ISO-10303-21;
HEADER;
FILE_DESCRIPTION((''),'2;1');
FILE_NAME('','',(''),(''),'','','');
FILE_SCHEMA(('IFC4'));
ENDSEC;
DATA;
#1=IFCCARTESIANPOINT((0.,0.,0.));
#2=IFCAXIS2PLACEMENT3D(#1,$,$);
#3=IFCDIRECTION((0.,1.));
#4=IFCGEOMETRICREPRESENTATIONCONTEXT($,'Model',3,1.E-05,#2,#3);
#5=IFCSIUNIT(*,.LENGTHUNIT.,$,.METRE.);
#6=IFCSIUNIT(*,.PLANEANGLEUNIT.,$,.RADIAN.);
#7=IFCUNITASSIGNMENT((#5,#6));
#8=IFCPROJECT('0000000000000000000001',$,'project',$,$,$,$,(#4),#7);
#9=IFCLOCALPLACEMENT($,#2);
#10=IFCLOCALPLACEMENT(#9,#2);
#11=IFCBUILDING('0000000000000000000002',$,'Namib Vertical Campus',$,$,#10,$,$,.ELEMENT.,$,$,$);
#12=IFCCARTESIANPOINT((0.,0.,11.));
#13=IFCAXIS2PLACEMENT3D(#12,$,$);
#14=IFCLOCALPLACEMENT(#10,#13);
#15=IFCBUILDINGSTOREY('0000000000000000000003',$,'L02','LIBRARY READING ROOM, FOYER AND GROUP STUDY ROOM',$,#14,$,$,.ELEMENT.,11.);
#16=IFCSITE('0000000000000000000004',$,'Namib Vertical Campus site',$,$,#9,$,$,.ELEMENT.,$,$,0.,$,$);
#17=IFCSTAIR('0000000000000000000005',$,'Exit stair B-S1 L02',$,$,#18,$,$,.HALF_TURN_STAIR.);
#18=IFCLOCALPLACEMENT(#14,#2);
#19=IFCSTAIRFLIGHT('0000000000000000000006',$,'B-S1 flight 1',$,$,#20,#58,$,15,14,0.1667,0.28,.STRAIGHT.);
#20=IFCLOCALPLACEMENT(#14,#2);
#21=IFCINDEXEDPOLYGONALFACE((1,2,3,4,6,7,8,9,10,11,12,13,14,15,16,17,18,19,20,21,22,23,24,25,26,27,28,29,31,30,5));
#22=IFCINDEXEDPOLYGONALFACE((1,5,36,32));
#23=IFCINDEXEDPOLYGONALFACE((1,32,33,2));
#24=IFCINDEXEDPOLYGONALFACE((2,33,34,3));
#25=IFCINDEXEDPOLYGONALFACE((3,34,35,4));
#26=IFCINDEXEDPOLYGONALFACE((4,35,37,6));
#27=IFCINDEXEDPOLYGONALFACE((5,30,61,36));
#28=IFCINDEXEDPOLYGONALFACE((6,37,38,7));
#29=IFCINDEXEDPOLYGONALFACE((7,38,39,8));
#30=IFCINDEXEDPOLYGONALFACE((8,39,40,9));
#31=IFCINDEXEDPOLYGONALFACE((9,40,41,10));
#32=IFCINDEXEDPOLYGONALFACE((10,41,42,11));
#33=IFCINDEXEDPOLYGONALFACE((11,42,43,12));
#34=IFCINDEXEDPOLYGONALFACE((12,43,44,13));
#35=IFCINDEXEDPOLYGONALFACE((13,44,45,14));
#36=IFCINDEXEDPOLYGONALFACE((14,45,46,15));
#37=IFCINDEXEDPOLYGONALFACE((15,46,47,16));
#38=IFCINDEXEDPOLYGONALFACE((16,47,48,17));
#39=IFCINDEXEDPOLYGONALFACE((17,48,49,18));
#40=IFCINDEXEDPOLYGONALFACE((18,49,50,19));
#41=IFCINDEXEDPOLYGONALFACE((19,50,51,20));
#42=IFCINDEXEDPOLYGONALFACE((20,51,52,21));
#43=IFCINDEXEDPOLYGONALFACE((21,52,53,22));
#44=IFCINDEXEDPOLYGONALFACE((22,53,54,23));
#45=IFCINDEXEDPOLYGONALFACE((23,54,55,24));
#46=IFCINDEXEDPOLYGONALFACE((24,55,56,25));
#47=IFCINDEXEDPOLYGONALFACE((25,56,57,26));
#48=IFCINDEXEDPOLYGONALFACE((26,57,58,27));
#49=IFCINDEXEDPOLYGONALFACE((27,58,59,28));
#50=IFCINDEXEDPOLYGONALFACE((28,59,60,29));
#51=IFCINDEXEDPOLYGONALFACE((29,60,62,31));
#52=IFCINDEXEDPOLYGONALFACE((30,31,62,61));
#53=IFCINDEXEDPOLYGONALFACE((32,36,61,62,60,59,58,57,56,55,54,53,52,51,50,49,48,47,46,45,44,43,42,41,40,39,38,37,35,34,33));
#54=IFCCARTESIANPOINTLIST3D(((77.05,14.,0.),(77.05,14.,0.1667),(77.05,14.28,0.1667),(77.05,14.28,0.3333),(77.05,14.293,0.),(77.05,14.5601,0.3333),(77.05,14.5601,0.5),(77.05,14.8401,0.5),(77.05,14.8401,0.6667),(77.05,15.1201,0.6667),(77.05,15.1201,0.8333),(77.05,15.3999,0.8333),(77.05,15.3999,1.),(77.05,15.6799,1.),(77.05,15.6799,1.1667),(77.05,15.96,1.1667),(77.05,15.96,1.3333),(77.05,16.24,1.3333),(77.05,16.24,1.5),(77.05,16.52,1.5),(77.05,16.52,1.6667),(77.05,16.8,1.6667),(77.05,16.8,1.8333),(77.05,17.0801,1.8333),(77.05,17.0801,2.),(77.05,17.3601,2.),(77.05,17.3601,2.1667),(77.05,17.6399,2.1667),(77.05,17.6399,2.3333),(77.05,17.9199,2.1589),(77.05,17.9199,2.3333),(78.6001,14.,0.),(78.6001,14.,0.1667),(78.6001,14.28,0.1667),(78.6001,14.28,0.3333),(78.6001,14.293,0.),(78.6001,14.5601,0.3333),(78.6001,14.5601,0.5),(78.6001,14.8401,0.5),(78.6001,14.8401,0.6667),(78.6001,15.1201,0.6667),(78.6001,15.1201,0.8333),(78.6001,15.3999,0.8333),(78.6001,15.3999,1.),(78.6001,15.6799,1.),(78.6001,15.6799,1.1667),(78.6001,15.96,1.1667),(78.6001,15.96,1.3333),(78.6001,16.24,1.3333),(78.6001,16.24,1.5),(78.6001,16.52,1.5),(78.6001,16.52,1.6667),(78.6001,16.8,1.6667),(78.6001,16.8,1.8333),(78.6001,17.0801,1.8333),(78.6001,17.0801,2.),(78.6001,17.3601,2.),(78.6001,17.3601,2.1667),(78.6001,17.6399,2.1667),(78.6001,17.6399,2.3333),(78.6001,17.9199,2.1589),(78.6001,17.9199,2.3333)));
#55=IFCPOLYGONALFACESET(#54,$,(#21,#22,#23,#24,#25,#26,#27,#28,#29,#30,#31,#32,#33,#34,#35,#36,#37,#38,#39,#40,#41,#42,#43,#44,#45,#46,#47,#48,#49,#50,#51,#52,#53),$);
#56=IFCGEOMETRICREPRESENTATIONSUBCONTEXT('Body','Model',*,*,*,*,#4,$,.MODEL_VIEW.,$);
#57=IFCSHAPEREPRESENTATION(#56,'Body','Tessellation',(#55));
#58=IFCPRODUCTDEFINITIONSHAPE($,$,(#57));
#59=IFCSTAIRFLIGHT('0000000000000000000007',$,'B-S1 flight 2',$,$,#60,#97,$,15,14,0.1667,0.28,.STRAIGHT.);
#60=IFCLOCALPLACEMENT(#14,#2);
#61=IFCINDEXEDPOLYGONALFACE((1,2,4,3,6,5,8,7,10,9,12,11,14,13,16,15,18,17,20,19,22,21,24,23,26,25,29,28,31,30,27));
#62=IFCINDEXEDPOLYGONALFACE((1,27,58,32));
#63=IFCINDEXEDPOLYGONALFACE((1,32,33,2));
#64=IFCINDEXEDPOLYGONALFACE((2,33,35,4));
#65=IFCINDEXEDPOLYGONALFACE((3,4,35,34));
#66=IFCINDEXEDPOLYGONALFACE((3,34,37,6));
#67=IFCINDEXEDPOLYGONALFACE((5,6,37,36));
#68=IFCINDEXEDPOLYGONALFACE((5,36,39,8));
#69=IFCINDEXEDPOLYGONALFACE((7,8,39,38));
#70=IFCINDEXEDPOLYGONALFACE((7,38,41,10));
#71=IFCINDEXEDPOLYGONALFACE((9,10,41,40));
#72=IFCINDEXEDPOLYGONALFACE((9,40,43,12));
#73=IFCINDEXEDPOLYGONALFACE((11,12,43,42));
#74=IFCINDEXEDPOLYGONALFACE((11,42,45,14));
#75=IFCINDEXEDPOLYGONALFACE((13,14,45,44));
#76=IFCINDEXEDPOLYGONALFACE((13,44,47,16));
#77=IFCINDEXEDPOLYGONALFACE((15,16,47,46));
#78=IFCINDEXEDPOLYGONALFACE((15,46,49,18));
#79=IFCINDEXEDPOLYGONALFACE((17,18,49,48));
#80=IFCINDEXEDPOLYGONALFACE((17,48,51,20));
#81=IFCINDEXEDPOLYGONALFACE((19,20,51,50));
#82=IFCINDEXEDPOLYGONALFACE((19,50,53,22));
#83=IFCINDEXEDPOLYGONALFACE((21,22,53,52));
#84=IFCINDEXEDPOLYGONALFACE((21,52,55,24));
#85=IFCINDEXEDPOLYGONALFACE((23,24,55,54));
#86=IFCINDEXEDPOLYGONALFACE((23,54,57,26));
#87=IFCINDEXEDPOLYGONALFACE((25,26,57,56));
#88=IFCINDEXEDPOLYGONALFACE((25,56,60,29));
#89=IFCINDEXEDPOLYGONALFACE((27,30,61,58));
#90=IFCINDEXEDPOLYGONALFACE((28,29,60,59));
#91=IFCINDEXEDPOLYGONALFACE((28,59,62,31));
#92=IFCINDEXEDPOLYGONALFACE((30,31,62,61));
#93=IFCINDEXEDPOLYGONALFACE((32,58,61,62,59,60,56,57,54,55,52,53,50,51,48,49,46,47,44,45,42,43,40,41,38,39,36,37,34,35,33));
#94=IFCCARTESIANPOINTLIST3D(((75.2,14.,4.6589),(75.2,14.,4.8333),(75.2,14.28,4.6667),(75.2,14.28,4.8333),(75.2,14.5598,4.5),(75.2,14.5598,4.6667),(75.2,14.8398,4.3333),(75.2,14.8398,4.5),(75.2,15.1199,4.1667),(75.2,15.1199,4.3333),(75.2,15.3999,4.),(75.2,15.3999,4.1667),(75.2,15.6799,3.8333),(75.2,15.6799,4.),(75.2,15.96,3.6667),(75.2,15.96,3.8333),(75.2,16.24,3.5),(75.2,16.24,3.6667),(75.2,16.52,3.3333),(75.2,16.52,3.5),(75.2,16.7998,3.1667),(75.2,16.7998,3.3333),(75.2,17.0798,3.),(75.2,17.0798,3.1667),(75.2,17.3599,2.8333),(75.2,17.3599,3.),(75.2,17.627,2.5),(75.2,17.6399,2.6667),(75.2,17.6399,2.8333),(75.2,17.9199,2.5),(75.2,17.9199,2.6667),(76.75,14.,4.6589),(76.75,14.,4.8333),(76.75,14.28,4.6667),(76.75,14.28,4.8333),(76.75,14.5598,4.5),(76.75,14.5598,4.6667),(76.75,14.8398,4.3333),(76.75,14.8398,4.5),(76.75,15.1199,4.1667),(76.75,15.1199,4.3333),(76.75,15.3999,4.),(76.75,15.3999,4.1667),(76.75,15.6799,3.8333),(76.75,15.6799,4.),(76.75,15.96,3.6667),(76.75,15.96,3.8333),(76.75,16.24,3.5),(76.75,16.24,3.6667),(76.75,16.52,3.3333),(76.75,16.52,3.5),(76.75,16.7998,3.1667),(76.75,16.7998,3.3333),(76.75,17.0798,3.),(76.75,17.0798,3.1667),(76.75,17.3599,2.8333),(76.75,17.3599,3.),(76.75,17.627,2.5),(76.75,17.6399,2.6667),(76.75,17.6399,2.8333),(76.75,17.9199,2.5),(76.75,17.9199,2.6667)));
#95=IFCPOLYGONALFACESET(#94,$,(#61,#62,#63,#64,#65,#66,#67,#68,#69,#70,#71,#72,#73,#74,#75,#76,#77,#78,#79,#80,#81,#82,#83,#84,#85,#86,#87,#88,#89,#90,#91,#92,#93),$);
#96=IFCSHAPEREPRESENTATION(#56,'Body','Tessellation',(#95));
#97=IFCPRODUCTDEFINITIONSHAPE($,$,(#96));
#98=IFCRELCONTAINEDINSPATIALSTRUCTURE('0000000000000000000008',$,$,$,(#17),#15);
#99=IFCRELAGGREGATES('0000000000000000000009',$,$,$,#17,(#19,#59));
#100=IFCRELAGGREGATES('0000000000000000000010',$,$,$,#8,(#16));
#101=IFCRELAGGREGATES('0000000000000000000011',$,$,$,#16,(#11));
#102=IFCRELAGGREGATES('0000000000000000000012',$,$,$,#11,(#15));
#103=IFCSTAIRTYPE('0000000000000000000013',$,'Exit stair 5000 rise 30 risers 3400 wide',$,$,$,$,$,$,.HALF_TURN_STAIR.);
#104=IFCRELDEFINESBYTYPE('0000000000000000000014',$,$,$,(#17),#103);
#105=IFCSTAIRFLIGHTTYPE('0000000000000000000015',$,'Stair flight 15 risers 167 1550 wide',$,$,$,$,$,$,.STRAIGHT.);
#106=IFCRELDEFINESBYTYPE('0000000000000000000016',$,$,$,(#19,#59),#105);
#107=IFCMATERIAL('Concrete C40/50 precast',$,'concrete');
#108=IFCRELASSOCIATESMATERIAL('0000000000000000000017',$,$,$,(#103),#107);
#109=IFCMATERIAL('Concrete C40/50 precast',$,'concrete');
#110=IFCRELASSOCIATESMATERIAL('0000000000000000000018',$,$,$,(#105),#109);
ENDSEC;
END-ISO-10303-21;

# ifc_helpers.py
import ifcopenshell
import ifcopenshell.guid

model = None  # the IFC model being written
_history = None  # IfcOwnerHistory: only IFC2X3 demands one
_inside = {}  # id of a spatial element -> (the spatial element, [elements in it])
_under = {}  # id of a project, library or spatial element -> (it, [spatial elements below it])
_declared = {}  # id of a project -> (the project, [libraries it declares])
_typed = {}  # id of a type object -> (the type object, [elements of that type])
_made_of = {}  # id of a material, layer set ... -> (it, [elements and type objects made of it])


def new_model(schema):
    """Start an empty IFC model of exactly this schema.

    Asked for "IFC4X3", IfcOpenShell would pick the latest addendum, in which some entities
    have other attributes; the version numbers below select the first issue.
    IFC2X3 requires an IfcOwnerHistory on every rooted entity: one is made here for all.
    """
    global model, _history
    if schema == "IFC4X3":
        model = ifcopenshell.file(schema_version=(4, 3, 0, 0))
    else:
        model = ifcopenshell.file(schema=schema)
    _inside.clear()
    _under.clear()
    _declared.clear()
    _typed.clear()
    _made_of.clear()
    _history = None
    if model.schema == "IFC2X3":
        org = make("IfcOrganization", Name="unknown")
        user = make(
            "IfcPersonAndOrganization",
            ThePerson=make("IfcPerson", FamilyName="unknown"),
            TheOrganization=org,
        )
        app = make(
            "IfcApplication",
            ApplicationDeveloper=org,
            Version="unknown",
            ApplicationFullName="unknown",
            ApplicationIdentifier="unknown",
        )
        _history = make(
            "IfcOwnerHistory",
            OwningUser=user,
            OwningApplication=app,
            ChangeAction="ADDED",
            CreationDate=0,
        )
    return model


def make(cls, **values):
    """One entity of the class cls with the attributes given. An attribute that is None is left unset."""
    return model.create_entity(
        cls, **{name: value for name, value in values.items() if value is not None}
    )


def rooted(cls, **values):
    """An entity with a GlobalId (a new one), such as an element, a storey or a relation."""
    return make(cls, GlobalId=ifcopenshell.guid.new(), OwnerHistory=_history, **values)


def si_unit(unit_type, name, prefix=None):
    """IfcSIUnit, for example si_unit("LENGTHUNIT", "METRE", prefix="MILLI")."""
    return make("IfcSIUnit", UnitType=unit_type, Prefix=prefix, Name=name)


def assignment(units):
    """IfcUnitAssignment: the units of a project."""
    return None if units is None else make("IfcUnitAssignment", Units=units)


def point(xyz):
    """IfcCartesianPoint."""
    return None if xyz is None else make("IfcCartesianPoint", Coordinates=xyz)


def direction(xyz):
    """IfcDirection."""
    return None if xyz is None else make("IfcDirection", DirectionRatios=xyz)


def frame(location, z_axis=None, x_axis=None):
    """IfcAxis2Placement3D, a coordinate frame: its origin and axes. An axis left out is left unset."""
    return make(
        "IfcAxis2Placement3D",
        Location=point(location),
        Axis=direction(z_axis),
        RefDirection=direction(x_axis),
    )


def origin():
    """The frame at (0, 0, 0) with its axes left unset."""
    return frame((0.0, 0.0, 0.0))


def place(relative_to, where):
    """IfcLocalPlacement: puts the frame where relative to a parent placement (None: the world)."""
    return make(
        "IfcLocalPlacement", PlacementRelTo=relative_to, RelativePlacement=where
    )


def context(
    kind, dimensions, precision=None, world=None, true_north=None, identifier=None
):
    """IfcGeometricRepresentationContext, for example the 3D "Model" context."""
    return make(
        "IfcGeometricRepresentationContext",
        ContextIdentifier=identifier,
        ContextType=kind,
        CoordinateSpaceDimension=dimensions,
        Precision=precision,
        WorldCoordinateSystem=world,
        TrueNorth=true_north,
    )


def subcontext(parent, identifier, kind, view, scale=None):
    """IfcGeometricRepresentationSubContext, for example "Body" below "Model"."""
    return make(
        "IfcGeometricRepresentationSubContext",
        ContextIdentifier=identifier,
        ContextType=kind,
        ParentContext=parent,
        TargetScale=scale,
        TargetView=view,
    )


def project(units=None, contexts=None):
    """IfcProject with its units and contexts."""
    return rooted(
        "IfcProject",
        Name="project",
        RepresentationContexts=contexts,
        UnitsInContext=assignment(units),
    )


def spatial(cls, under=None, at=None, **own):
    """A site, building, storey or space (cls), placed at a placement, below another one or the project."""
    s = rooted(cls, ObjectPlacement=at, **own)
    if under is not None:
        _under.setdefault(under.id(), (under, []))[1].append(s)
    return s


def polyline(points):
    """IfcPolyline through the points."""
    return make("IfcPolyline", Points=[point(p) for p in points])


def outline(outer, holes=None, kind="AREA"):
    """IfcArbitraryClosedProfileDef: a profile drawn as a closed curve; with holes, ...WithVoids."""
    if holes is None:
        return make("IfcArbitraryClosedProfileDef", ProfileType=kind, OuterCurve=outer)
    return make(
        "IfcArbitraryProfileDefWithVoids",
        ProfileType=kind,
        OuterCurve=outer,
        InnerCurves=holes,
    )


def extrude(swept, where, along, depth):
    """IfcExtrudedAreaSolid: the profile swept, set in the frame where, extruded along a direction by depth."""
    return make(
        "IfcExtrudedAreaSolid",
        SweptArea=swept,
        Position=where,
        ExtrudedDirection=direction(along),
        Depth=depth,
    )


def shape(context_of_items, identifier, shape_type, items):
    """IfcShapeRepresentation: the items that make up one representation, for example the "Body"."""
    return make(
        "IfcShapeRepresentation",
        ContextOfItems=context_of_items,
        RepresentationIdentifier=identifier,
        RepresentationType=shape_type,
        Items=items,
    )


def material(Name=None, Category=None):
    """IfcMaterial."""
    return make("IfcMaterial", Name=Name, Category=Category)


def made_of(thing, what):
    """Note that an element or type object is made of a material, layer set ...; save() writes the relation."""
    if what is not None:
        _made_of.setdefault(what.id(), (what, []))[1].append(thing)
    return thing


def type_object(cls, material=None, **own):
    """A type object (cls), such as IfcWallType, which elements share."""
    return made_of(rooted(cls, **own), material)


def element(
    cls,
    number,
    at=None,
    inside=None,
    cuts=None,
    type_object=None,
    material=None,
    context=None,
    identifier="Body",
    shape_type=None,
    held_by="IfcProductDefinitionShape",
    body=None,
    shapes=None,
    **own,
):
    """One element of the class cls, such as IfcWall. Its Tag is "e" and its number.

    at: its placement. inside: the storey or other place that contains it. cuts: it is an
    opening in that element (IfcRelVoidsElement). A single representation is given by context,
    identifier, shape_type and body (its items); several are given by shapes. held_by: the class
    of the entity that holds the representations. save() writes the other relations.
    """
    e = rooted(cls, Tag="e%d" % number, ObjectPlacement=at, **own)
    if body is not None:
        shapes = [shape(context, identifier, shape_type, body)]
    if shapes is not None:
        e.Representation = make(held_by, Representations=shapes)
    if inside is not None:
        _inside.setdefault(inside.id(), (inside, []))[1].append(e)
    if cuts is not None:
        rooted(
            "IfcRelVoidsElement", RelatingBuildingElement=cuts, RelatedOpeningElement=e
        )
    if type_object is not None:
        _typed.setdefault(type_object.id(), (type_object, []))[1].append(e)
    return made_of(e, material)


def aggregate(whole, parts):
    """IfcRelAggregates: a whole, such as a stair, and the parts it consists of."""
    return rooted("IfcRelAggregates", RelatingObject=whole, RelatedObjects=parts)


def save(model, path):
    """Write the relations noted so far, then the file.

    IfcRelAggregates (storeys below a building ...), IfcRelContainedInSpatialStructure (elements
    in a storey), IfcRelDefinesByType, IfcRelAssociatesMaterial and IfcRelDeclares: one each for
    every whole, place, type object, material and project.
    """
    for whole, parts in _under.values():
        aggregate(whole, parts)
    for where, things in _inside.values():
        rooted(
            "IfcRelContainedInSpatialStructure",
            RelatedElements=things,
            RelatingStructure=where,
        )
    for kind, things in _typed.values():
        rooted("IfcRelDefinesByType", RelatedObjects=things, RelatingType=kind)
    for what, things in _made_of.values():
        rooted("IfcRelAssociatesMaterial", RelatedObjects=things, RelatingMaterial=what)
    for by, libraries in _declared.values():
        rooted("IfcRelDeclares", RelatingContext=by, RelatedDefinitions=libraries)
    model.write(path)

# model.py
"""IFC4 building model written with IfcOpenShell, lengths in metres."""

from ifc_helpers import new_model, si_unit, direction, frame, origin, place, context, subcontext, project, spatial, polyline, outline, extrude, material, type_object, element, aggregate, save


model = new_model("IFC4")

# Units and contexts
model_context = context("Model", 3, precision=1e-05, world=origin(), true_north=direction((0.0, 1.0)))
body_context = subcontext(model_context, "Body", "Model", "MODEL_VIEW")
ifc_project = project(units=[si_unit("LENGTHUNIT", "METRE"), si_unit("PLANEANGLEUNIT", "RADIAN")], contexts=[model_context])

# Site, building, storey
site_placement = place(None, origin())
site = spatial("IfcSite", under=ifc_project, at=site_placement, Name="Namib Vertical Campus site", CompositionType="ELEMENT", RefElevation=0.0)
building_placement = place(site_placement, origin())
building = spatial("IfcBuilding", under=site, at=building_placement, Name="Namib Vertical Campus", CompositionType="ELEMENT")
storey_placement = place(building_placement, frame((0.0, 0.0, 11.0)))
storey = spatial("IfcBuildingStorey", under=building, at=storey_placement, Name="L02", Description="LIBRARY READING ROOM, FOYER AND GROUP STUDY ROOM", CompositionType="ELEMENT", Elevation=11.0)

# Stair, stair flights
ifc_material_1 = material(Name="Concrete C40/50 precast", Category="concrete")
stair_type = type_object("IfcStairType", Name="Exit stair 5000 rise 30 risers 3400 wide", PredefinedType="HALF_TURN_STAIR", material=ifc_material_1)
stair_placement = place(storey_placement, origin())
stair = element("IfcStair", 1, at=stair_placement, inside=storey, type_object=stair_type, Name="Exit stair B-S1 L02", PredefinedType="HALF_TURN_STAIR")
ifc_material_2 = material(Name="Concrete C40/50 precast", Category="concrete")
stair_flight_type = type_object("IfcStairFlightType", Name="Stair flight 15 risers 167 1550 wide", PredefinedType="STRAIGHT", material=ifc_material_2)
stair_flight_1_placement = place(storey_placement, frame((77.825, 14.0, 0.0), z_axis=(0.0, 0.0, 1.0), x_axis=(0.0, 1.0, 0.0)))
stair_flight_1 = element("IfcStairFlight", 2, at=stair_flight_1_placement, type_object=stair_flight_type, Name="B-S1 flight 1", NumberOfRisers=15, NumberOfTreads=14, PredefinedType="STRAIGHT", RiserHeight=0.1667, TreadLength=0.28, context=body_context, shape_type="SweptSolid", body=[
    extrude(outline(polyline([(0.0, 0.0), (0.0, 0.1667), (0.28, 0.1667), (0.28, 0.3333), (0.5601, 0.3333), (0.5601, 0.5), (0.8401, 0.5), (0.8401, 0.6667), (1.1201, 0.6667), (1.1201, 0.8333), (1.3999, 0.8333), (1.3999, 1.0), (1.6799, 1.0), (1.6799, 1.1667), (1.96, 1.1667), (1.96, 1.3333), (2.24, 1.3333), (2.24, 1.5), (2.52, 1.5), (2.52, 1.6667), (2.8, 1.6667), (2.8, 1.8333), (3.0801, 1.8333), (3.0801, 2.0), (3.3601, 2.0), (3.3601, 2.1667), (3.6399, 2.1667), (3.6399, 2.3333), (3.9199, 2.3333), (3.9199, 2.5), (3.9199, 2.1589), (0.293, 0.0), (0.0, 0.0)])), frame((0.0, 0.7749, 0.0), z_axis=(0.0, -1.0, 0.0), x_axis=(1.0, 0.0, 0.0)), (0.0, 0.0, 1.0), 1.55),
])
stair_flight_2_placement = place(storey_placement, frame((75.9751, 17.9199, 2.5), z_axis=(0.0, 0.0, 1.0), x_axis=(0.0, -1.0, 0.0)))
stair_flight_2 = element("IfcStairFlight", 3, at=stair_flight_2_placement, type_object=stair_flight_type, Name="B-S1 flight 2", NumberOfRisers=15, NumberOfTreads=14, PredefinedType="STRAIGHT", RiserHeight=0.1667, TreadLength=0.28, context=body_context, shape_type="SweptSolid", body=[
    extrude(outline(polyline([(0.0, 0.0), (0.0, 0.1667), (0.28, 0.1667), (0.28, 0.3333), (0.5601, 0.3333), (0.5601, 0.5), (0.8401, 0.5), (0.8401, 0.6667), (1.1201, 0.6667), (1.1201, 0.8333), (1.3999, 0.8333), (1.3999, 1.0), (1.6799, 1.0), (1.6799, 1.1667), (1.96, 1.1667), (1.96, 1.3333), (2.24, 1.3333), (2.24, 1.5), (2.52, 1.5), (2.52, 1.6667), (2.8, 1.6667), (2.8, 1.8333), (3.0801, 1.8333), (3.0801, 2.0), (3.3601, 2.0), (3.3601, 2.1667), (3.6399, 2.1667), (3.6399, 2.3333), (3.9199, 2.3333), (3.9199, 2.5), (3.9199, 2.1589), (0.293, 0.0), (0.0, 0.0)])), frame((0.0, 0.7749, 0.0), z_axis=(0.0, -1.0, 0.0), x_axis=(1.0, 0.0, 0.0)), (0.0, 0.0, 1.0), 1.55),
])
aggregate(stair, [stair_flight_1, stair_flight_2])

save(model, "model.ifc")
